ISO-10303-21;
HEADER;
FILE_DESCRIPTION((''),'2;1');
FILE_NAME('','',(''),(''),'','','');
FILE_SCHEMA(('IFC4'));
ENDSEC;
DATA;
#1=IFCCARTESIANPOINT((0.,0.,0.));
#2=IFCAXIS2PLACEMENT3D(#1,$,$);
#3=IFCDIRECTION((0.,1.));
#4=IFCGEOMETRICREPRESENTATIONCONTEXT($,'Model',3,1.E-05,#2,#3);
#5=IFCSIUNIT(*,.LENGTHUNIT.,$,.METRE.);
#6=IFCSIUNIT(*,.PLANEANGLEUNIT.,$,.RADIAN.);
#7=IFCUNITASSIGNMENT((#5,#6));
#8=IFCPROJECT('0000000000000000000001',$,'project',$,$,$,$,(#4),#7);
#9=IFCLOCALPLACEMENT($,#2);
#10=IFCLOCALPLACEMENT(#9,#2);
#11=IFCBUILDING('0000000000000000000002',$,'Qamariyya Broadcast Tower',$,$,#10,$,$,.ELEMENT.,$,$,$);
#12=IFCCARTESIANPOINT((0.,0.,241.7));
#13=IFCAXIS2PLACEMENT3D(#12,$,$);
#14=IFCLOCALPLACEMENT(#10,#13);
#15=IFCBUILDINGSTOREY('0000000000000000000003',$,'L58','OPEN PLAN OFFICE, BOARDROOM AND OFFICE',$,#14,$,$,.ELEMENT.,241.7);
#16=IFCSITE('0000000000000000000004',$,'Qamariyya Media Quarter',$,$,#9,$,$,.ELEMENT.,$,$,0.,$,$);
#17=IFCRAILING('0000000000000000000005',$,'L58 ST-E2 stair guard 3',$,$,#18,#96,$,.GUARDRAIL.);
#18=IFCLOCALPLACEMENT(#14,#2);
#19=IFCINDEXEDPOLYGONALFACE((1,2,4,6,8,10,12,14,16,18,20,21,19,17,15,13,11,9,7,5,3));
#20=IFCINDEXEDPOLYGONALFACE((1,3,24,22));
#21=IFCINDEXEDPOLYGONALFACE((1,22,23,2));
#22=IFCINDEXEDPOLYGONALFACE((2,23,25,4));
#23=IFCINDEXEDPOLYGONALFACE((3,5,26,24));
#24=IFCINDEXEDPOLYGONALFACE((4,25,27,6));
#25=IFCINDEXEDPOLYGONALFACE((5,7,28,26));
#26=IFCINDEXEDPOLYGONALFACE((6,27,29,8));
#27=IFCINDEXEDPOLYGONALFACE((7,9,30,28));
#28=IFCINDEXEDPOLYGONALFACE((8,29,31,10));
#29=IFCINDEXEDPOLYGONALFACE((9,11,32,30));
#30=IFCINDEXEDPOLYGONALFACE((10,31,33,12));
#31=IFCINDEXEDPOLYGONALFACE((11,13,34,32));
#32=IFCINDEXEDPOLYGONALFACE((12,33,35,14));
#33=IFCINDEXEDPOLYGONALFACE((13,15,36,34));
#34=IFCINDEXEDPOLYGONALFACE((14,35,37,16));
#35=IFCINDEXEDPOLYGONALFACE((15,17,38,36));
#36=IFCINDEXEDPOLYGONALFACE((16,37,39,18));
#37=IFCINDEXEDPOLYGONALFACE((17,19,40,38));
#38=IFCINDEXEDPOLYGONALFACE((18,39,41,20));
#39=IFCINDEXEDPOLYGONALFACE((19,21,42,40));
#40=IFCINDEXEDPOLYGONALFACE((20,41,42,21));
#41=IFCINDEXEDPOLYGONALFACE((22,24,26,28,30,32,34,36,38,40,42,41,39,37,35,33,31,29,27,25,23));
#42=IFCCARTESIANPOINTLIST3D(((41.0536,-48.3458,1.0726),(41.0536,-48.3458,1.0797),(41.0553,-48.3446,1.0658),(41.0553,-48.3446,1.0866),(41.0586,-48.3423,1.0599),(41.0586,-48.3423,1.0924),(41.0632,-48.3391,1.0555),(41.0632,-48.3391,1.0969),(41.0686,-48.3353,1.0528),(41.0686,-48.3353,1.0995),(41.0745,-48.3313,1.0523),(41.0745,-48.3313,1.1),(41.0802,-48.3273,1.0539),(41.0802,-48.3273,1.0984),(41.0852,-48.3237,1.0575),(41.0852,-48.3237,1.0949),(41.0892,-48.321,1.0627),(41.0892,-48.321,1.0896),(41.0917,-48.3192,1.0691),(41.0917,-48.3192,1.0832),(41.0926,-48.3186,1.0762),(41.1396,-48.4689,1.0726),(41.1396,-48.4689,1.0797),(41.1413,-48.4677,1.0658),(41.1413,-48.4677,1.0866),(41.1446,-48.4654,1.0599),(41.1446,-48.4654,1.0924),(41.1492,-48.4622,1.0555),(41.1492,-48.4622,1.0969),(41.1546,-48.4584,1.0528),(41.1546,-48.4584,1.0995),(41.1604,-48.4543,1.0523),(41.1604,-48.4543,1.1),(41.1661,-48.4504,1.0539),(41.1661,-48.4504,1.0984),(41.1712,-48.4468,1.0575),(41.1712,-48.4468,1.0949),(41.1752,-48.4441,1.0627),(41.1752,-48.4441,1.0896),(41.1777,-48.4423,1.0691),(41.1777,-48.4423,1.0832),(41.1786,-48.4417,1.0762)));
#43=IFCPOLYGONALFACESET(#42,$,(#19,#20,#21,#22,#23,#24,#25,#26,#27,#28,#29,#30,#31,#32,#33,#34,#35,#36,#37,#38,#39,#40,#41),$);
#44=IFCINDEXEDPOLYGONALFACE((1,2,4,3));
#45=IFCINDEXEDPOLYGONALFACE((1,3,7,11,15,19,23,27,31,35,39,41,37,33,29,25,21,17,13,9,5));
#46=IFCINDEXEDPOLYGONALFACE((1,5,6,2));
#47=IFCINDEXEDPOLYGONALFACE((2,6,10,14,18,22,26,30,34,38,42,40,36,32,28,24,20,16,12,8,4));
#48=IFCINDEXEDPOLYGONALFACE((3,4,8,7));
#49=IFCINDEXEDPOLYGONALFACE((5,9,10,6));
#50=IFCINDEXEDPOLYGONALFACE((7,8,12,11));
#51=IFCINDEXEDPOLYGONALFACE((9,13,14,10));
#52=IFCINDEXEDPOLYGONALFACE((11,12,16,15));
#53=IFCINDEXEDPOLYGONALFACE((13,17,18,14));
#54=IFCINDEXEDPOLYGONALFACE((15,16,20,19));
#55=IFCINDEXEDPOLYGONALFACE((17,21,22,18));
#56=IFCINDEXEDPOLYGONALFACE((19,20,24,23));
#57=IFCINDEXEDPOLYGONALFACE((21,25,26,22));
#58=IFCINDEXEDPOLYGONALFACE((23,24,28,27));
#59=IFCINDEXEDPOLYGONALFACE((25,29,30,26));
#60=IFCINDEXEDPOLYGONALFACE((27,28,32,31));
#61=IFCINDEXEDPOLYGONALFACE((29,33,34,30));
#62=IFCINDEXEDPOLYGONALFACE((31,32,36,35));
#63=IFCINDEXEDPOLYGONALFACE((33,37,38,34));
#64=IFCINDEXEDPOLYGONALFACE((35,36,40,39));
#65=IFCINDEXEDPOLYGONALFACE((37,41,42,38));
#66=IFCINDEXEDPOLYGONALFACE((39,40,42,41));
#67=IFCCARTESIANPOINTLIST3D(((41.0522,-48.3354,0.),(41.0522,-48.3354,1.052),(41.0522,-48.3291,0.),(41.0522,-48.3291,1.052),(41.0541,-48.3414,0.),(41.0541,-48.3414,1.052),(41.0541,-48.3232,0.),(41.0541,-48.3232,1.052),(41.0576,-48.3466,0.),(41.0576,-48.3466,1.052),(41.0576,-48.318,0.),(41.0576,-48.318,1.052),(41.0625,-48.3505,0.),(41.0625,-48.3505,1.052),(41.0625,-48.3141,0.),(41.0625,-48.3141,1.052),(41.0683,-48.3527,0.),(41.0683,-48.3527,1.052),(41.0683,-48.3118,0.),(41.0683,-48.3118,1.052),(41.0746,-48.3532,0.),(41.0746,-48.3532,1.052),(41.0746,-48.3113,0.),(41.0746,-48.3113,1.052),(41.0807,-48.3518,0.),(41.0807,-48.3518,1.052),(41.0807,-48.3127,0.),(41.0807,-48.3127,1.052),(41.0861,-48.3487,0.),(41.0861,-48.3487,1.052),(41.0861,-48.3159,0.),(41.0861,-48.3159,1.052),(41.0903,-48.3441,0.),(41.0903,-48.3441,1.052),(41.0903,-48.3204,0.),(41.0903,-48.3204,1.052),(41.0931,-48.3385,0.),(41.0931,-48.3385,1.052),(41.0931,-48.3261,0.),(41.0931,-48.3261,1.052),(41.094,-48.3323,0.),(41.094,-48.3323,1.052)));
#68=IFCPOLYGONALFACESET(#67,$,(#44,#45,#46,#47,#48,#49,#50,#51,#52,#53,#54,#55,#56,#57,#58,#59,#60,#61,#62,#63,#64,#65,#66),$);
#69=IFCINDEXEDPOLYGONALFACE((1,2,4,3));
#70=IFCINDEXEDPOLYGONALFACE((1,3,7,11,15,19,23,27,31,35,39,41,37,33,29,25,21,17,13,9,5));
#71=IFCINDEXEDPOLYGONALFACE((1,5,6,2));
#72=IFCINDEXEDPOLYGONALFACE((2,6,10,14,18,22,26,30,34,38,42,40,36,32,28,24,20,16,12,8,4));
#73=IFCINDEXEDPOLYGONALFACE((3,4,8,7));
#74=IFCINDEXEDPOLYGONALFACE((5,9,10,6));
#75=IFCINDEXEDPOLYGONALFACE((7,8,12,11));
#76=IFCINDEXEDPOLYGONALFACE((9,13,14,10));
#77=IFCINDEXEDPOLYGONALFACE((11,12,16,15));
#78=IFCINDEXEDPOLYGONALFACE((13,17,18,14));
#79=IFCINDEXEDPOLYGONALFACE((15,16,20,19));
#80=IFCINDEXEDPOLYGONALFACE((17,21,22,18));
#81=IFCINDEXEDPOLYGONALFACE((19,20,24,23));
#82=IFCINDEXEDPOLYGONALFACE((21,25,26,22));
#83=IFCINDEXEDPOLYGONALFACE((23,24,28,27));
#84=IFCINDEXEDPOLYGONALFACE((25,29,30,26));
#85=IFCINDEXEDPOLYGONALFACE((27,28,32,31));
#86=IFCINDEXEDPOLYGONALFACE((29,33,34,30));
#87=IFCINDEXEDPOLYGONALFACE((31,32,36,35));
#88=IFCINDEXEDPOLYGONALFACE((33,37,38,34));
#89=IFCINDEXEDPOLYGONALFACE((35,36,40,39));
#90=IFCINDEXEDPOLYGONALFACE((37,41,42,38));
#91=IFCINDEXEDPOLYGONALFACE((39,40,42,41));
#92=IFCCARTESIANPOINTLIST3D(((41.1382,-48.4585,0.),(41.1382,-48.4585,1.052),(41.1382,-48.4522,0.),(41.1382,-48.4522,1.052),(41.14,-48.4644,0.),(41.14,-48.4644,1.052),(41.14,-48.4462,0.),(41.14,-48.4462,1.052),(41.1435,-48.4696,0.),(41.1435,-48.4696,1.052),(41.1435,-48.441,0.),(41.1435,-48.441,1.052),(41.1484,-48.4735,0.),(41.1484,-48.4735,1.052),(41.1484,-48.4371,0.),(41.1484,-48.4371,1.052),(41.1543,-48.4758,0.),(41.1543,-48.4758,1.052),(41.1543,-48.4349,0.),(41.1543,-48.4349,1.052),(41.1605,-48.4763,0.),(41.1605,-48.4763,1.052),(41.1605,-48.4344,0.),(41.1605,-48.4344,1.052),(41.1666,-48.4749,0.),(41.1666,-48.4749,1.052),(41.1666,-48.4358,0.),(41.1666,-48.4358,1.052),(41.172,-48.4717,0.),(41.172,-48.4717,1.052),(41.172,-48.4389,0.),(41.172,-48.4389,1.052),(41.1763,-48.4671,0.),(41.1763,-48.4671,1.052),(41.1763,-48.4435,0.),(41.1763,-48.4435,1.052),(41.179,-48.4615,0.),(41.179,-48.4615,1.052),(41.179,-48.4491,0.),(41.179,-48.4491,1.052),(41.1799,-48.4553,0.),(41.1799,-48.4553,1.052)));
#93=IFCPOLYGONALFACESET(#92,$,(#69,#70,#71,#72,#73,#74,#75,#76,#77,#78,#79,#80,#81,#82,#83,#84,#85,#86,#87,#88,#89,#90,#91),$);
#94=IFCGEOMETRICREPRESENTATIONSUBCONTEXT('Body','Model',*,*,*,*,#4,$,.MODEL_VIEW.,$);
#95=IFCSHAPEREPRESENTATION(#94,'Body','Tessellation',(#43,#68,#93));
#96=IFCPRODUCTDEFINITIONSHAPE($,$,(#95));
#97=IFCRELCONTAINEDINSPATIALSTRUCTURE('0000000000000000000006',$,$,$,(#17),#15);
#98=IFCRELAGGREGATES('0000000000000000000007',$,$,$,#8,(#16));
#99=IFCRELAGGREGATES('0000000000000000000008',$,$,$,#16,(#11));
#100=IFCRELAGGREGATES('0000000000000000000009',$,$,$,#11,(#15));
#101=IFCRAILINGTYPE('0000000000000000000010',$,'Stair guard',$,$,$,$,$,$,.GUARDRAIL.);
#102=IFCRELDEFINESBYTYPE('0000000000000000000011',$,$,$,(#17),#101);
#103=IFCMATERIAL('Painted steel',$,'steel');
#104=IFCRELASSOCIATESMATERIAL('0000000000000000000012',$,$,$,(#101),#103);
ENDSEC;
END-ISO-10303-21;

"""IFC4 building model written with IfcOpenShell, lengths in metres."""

from ifc_helpers import new_model, si_unit, direction, frame, origin, origin_2d, place, context, subcontext, project, spatial, circle, extrude, material, type_object, element, save


model = new_model("IFC4")

# Units and contexts
model_context = context("Model", 3, precision=1e-05, world=origin(), true_north=direction((0.0, 1.0)))
body_context = subcontext(model_context, "Body", "Model", "MODEL_VIEW")
ifc_project = project(units=[si_unit("LENGTHUNIT", "METRE"), si_unit("PLANEANGLEUNIT", "RADIAN")], contexts=[model_context])

# Site, building, storey
site_placement = place(None, origin())
site = spatial("IfcSite", under=ifc_project, at=site_placement, Name="Qamariyya Media Quarter", CompositionType="ELEMENT", RefElevation=0.0)
building_placement = place(site_placement, origin())
building = spatial("IfcBuilding", under=site, at=building_placement, Name="Qamariyya Broadcast Tower", CompositionType="ELEMENT")
storey_placement = place(building_placement, frame((0.0, 0.0, 241.7)))
storey = spatial("IfcBuildingStorey", under=building, at=storey_placement, Name="L58", Description="OPEN PLAN OFFICE, BOARDROOM AND OFFICE", CompositionType="ELEMENT", Elevation=241.7)

# Railing
ifc_material_1 = material(Name="Painted steel", Category="steel")
railing_type_1 = type_object("IfcRailingType", Name="Stair guard", PredefinedType="GUARDRAIL", material=ifc_material_1)
railing_1_placement = place(storey_placement, frame((41.073, -48.3323, 0.0)))
element("IfcRailing", 1, at=railing_1_placement, inside=storey, type_object=railing_type_1, Name="L58 ST-E2 stair guard 3", PredefinedType="GUARDRAIL", context=body_context, shape_type="SweptSolid", body=[
    extrude(circle(Radius=0.0239, at=origin_2d()), frame((0.0, 0.0, 1.0762), z_axis=(0.572589, -0.819843, 0.0), x_axis=(0.819843, 0.572589, 0.0)), (0.0, 0.0, 1.0), 0.1501),
    extrude(circle(Radius=0.021, at=origin_2d()), origin(), (0.0, 0.0, 1.0), 1.052),
    extrude(circle(Radius=0.021, at=origin_2d()), frame((0.0859, -0.123, 0.0)), (0.0, 0.0, 1.0), 1.052),
])

save(model, "model.ifc")
